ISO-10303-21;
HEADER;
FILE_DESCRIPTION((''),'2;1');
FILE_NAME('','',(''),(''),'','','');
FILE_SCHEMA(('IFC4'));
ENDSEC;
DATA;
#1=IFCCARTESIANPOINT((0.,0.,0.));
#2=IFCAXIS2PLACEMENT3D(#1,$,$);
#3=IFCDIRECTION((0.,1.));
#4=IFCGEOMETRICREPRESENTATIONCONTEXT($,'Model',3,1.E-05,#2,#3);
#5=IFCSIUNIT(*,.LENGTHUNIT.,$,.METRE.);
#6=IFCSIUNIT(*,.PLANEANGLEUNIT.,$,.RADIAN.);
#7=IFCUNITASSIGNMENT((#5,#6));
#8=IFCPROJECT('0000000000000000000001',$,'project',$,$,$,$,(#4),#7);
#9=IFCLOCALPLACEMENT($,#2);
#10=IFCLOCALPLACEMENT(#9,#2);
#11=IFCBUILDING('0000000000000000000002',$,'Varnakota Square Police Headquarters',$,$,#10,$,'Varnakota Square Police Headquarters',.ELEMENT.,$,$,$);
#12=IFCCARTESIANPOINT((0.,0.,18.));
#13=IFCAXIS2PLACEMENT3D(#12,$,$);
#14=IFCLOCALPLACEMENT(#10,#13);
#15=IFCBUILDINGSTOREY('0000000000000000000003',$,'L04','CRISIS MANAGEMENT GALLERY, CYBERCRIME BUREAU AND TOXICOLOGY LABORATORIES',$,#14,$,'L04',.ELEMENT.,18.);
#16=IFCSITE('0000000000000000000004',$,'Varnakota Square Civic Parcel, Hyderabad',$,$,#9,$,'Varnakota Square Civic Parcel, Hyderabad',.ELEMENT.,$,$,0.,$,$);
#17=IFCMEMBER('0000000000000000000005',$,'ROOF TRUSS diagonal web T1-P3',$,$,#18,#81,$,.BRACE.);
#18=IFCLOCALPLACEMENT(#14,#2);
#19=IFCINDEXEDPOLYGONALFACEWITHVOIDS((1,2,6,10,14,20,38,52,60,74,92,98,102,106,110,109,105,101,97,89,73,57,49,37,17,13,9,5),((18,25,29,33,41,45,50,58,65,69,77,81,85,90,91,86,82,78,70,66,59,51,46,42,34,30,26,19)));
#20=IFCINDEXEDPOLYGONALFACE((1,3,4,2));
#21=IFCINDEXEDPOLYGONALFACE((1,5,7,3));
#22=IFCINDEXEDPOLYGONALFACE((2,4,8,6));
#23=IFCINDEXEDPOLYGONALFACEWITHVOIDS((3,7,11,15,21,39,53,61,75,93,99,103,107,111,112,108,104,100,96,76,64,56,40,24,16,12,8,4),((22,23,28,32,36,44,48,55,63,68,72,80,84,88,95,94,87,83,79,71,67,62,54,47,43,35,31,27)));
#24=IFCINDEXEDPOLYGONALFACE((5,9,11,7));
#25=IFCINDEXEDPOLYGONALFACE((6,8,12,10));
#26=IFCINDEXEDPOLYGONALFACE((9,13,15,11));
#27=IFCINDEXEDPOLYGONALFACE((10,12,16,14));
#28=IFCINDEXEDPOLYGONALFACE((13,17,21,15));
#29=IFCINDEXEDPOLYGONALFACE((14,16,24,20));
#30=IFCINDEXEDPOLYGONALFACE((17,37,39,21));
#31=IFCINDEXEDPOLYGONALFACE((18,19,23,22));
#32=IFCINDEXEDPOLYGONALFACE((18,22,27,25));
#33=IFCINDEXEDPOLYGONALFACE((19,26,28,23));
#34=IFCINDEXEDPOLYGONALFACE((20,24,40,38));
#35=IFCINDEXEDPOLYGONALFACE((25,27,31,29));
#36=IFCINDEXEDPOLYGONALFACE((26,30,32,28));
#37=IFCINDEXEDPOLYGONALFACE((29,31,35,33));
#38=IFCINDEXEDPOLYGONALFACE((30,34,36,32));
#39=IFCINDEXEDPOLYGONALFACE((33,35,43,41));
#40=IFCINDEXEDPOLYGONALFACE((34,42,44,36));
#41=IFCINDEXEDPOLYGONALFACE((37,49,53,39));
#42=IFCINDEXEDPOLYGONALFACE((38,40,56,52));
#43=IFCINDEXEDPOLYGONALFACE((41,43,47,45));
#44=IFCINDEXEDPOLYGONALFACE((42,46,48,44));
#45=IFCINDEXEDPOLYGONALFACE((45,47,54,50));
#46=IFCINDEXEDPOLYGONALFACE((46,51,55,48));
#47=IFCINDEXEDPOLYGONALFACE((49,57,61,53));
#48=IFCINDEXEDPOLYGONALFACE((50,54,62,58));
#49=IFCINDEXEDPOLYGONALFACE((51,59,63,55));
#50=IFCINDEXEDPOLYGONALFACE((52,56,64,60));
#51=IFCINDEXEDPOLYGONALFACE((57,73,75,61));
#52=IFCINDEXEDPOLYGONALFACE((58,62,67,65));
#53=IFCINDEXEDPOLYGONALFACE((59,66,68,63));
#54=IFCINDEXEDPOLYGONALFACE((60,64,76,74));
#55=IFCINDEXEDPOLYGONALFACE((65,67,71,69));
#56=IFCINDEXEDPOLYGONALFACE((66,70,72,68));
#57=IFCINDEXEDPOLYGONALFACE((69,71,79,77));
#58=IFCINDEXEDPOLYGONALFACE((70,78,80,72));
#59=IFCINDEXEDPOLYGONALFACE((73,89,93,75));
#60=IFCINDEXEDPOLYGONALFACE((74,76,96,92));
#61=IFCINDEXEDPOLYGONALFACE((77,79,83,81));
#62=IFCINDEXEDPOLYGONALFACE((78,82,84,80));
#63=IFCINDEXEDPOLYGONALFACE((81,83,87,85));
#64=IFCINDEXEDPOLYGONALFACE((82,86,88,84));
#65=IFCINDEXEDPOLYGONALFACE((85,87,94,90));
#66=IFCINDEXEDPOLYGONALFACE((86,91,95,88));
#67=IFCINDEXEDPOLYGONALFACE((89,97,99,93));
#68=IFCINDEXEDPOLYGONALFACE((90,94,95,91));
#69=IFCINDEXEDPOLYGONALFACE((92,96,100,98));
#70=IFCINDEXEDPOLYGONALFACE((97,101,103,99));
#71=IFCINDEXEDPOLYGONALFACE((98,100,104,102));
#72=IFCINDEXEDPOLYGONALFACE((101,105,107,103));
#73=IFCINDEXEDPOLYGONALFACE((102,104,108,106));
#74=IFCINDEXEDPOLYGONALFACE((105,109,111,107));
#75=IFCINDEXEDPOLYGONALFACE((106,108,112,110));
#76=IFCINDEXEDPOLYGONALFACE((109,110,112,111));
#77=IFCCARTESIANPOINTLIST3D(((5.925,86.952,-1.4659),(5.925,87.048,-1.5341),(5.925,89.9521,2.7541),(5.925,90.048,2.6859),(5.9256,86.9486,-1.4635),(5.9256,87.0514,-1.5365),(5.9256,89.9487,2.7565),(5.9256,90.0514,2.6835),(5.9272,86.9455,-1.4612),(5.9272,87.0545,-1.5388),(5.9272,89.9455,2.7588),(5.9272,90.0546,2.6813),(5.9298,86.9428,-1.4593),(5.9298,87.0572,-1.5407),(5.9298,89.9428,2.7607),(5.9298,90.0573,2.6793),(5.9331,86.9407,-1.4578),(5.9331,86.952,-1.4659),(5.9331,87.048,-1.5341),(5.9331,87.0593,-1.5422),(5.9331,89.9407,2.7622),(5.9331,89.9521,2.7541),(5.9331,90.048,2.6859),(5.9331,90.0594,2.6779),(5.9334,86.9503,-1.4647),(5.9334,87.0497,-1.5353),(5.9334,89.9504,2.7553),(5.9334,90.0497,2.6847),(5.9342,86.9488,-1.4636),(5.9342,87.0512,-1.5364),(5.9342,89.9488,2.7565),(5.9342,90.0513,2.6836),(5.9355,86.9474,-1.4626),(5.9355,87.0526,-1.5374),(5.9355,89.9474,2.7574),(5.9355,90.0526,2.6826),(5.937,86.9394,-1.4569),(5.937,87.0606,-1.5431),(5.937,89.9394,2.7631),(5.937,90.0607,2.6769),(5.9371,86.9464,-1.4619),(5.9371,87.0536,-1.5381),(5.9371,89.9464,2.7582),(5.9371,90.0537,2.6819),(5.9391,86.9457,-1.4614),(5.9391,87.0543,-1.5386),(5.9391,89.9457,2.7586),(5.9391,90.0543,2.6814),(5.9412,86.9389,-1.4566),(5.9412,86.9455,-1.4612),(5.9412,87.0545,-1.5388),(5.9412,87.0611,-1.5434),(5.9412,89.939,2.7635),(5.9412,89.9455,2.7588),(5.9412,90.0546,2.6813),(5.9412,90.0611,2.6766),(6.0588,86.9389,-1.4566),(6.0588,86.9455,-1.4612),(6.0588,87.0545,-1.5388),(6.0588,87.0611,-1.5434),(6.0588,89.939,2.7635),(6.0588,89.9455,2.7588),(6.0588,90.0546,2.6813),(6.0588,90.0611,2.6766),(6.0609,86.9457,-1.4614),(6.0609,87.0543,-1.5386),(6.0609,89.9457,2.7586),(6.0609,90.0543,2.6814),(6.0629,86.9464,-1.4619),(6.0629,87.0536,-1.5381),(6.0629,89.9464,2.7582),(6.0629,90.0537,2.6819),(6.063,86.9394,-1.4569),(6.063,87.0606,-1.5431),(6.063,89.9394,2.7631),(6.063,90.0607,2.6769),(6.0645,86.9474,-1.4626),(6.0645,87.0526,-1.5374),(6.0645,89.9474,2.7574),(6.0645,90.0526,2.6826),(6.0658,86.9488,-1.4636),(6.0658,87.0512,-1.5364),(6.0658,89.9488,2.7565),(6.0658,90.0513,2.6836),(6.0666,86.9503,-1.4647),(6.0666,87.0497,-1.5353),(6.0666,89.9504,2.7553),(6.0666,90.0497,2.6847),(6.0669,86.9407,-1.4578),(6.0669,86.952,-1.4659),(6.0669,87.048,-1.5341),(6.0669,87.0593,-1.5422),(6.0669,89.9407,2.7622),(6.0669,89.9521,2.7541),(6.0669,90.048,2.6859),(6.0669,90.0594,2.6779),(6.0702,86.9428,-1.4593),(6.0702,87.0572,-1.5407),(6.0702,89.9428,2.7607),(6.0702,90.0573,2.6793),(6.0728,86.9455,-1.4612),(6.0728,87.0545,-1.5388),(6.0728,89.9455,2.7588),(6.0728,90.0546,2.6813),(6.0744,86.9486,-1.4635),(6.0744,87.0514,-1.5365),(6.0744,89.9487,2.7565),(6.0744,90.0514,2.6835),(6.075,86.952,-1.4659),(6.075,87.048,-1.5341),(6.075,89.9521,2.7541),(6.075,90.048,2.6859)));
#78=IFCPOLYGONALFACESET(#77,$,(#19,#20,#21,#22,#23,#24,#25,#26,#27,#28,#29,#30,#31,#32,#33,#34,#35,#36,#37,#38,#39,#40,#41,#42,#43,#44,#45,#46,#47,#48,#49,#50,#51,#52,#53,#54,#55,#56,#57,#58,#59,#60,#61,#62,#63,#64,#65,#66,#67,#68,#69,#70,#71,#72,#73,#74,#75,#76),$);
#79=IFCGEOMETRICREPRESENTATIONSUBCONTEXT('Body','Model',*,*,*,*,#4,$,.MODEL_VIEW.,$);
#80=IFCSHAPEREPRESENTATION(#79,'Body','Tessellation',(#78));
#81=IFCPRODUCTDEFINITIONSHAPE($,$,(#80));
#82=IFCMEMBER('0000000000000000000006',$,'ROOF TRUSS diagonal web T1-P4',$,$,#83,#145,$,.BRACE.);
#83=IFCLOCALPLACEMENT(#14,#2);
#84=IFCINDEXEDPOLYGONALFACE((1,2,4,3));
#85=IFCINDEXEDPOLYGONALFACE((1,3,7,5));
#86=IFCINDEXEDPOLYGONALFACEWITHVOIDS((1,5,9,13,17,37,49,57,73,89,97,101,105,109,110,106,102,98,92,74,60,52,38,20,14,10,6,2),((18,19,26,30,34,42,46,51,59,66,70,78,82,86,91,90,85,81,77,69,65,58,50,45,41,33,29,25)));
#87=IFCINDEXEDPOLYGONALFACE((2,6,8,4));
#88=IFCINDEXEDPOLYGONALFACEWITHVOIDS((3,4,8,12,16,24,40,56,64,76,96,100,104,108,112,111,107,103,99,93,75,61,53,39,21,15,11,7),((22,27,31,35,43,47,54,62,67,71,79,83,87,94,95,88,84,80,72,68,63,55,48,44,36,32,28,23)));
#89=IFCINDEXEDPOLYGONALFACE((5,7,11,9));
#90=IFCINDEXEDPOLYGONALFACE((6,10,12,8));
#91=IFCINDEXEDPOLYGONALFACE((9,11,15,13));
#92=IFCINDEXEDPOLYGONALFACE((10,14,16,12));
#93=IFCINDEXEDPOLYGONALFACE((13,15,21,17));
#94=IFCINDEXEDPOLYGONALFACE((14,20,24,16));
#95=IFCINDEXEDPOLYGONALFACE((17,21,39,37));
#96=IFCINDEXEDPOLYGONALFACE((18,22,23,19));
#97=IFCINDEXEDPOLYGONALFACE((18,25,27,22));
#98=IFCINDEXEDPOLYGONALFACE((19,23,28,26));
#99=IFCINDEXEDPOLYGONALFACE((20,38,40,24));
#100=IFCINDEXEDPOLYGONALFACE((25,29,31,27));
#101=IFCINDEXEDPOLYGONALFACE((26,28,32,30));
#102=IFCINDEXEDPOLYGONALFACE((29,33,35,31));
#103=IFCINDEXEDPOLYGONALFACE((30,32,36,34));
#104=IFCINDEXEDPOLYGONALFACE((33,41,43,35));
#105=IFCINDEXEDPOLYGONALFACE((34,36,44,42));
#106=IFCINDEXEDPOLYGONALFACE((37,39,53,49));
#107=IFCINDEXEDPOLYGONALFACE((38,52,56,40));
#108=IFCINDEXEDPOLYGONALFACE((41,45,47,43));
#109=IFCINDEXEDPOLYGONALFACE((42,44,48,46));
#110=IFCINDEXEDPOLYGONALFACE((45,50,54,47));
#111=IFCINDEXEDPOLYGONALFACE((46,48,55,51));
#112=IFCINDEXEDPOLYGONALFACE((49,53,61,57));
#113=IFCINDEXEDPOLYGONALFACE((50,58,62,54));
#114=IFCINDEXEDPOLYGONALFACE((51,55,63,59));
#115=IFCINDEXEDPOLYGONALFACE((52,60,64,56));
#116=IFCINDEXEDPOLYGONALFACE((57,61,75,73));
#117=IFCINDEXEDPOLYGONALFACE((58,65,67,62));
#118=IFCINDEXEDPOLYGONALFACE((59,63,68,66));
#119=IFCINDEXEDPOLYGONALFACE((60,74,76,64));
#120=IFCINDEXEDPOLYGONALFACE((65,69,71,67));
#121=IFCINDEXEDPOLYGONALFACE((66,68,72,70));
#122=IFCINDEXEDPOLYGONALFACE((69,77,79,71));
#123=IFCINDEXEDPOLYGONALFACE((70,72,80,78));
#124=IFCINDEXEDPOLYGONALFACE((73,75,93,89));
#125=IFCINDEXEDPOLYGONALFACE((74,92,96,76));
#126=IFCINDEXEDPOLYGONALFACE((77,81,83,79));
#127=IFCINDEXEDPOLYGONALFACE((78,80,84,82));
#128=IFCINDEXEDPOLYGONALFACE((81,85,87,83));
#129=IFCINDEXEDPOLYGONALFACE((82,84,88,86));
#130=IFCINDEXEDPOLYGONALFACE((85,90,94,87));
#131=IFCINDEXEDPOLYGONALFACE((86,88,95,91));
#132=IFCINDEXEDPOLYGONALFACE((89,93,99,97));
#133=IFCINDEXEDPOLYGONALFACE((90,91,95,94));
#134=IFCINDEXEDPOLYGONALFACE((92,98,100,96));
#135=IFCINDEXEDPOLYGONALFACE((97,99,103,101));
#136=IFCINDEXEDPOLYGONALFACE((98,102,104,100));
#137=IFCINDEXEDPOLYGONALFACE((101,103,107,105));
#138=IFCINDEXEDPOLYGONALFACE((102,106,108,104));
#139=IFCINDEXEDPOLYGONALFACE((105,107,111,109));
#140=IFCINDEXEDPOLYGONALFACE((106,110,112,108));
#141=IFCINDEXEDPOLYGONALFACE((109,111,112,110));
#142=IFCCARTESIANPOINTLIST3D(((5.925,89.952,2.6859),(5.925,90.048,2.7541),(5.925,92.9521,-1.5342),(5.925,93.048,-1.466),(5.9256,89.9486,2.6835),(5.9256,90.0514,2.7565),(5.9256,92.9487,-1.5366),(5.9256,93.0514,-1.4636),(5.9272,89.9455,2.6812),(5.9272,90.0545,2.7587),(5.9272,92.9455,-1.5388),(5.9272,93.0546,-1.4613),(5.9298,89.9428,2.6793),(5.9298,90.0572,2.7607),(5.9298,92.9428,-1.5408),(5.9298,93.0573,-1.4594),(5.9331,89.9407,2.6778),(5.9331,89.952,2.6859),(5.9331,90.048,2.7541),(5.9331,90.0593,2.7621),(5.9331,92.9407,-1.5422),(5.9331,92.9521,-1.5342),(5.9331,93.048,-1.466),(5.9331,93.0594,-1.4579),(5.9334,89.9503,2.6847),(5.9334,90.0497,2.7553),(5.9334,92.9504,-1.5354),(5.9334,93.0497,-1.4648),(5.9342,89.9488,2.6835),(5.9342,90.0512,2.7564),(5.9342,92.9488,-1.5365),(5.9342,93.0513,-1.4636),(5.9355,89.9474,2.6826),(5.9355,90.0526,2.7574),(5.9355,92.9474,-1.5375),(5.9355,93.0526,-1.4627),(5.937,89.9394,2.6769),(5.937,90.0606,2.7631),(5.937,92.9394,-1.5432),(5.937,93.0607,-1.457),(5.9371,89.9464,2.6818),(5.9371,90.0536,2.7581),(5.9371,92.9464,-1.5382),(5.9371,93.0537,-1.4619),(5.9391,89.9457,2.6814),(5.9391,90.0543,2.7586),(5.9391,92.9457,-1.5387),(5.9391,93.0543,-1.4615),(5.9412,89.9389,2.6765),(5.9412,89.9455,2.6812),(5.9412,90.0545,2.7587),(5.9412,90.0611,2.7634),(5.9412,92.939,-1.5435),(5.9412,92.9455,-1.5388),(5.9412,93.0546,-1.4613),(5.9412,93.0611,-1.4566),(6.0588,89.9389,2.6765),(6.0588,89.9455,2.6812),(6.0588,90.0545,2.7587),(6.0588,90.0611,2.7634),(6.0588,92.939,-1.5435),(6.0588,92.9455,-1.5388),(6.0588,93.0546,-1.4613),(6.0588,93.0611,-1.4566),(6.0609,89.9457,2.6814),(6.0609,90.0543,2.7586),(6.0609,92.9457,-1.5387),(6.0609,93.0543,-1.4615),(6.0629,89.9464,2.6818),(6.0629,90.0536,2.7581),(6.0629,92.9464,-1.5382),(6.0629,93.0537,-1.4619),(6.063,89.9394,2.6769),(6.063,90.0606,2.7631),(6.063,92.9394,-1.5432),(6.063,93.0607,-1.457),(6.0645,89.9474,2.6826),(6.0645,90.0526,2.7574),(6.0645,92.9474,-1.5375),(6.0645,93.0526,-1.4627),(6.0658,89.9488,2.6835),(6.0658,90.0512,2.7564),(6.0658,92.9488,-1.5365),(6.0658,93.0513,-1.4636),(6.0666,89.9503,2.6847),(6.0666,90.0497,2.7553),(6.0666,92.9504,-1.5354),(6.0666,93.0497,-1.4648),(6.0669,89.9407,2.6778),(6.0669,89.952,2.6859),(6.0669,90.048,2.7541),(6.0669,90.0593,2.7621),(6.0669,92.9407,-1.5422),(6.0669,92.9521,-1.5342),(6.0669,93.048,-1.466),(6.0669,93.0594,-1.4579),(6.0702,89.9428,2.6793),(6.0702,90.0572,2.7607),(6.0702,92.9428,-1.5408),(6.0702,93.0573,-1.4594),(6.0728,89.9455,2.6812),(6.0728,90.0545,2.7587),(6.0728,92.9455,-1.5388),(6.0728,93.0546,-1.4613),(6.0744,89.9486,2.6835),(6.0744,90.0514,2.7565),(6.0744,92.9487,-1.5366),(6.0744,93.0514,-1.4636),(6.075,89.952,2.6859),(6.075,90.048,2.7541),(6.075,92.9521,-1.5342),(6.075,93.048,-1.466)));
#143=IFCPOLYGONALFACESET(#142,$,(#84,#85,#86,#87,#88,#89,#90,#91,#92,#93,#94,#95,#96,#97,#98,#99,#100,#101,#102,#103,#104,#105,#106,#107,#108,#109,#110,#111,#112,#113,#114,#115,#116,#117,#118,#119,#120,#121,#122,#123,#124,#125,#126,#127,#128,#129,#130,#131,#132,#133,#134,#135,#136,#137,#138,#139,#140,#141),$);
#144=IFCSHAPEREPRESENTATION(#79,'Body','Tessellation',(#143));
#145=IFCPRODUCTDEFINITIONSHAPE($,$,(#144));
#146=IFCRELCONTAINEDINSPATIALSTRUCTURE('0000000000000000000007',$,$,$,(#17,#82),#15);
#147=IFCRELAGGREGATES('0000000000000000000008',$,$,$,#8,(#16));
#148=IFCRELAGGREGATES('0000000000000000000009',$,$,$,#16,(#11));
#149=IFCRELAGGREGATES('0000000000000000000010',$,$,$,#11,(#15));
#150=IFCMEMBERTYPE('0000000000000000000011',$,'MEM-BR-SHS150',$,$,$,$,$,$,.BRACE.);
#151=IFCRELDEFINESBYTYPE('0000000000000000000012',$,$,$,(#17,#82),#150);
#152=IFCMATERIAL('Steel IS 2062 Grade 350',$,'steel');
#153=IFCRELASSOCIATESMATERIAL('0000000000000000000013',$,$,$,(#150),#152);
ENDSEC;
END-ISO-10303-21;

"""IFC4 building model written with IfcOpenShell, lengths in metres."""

from ifc_helpers import new_model, si_unit, direction, frame, origin, origin_2d, place, context, subcontext, project, spatial, hollow_rectangle, extrude, material, material_profile, profile_set, type_object, element, save


model = new_model("IFC4")

# Units and contexts
model_context = context("Model", 3, precision=1e-05, world=origin(), true_north=direction((0.0, 1.0)))
body_context = subcontext(model_context, "Body", "Model", "MODEL_VIEW")
ifc_project = project(units=[si_unit("LENGTHUNIT", "METRE"), si_unit("PLANEANGLEUNIT", "RADIAN")], contexts=[model_context])

# Site, building, storey
site_placement = place(None, origin())
site = spatial("IfcSite", under=ifc_project, at=site_placement, Name="Varnakota Square Civic Parcel, Hyderabad", LongName="Varnakota Square Civic Parcel, Hyderabad", CompositionType="ELEMENT", RefElevation=0.0)
building_placement = place(site_placement, origin())
building = spatial("IfcBuilding", under=site, at=building_placement, Name="Varnakota Square Police Headquarters", LongName="Varnakota Square Police Headquarters", CompositionType="ELEMENT")
storey_placement = place(building_placement, frame((0.0, 0.0, 18.0)))
storey = spatial("IfcBuildingStorey", under=building, at=storey_placement, Name="L04", Description="CRISIS MANAGEMENT GALLERY, CYBERCRIME BUREAU AND TOXICOLOGY LABORATORIES", LongName="L04", CompositionType="ELEMENT", Elevation=18.0)

# Shared definitions
ifc_material_1 = material(Name="Steel IS 2062 Grade 350", Category="steel")

# Members
ifc_material_profile_1 = material_profile(ifc_material_1, hollow_rectangle(XDim=0.1499, YDim=0.1499, WallThickness=0.0081, InnerFilletRadius=0.0081, OuterFilletRadius=0.0161, at=origin_2d()), Name="SHS 150x150x8")
ifc_profile_set_1 = profile_set([ifc_material_profile_1], Name="Steel IS 2062 Grade 350")
member_type_1 = type_object("IfcMemberType", Name="MEM-BR-SHS150", PredefinedType="BRACE", material=ifc_profile_set_1)
for number, where, z_axis, x_axis, name in (
    (1, (6.0, 87.0, -1.5), (0.0, 0.579412, 0.815034), (-1.0, 0.0, 0.0), "ROOF TRUSS diagonal web T1-P3"),
    (2, (6.0, 90.0, 2.72), (0.0, 0.579412, -0.815034), (-1.0, 0.0, 0.0), "ROOF TRUSS diagonal web T1-P4"),
):
    element("IfcMember", number, at=place(storey_placement, frame(where, z_axis=z_axis, x_axis=x_axis)), inside=storey, type_object=member_type_1, Name=name, PredefinedType="BRACE", context=body_context, shape_type="SweptSolid", body=[
        extrude(hollow_rectangle(XDim=0.1499, YDim=0.1499, WallThickness=0.0081, InnerFilletRadius=0.0081, OuterFilletRadius=0.0161, at=origin_2d()), origin(), (0.0, 0.0, 1.0), 5.1777),
    ])

save(model, "model.ifc")
